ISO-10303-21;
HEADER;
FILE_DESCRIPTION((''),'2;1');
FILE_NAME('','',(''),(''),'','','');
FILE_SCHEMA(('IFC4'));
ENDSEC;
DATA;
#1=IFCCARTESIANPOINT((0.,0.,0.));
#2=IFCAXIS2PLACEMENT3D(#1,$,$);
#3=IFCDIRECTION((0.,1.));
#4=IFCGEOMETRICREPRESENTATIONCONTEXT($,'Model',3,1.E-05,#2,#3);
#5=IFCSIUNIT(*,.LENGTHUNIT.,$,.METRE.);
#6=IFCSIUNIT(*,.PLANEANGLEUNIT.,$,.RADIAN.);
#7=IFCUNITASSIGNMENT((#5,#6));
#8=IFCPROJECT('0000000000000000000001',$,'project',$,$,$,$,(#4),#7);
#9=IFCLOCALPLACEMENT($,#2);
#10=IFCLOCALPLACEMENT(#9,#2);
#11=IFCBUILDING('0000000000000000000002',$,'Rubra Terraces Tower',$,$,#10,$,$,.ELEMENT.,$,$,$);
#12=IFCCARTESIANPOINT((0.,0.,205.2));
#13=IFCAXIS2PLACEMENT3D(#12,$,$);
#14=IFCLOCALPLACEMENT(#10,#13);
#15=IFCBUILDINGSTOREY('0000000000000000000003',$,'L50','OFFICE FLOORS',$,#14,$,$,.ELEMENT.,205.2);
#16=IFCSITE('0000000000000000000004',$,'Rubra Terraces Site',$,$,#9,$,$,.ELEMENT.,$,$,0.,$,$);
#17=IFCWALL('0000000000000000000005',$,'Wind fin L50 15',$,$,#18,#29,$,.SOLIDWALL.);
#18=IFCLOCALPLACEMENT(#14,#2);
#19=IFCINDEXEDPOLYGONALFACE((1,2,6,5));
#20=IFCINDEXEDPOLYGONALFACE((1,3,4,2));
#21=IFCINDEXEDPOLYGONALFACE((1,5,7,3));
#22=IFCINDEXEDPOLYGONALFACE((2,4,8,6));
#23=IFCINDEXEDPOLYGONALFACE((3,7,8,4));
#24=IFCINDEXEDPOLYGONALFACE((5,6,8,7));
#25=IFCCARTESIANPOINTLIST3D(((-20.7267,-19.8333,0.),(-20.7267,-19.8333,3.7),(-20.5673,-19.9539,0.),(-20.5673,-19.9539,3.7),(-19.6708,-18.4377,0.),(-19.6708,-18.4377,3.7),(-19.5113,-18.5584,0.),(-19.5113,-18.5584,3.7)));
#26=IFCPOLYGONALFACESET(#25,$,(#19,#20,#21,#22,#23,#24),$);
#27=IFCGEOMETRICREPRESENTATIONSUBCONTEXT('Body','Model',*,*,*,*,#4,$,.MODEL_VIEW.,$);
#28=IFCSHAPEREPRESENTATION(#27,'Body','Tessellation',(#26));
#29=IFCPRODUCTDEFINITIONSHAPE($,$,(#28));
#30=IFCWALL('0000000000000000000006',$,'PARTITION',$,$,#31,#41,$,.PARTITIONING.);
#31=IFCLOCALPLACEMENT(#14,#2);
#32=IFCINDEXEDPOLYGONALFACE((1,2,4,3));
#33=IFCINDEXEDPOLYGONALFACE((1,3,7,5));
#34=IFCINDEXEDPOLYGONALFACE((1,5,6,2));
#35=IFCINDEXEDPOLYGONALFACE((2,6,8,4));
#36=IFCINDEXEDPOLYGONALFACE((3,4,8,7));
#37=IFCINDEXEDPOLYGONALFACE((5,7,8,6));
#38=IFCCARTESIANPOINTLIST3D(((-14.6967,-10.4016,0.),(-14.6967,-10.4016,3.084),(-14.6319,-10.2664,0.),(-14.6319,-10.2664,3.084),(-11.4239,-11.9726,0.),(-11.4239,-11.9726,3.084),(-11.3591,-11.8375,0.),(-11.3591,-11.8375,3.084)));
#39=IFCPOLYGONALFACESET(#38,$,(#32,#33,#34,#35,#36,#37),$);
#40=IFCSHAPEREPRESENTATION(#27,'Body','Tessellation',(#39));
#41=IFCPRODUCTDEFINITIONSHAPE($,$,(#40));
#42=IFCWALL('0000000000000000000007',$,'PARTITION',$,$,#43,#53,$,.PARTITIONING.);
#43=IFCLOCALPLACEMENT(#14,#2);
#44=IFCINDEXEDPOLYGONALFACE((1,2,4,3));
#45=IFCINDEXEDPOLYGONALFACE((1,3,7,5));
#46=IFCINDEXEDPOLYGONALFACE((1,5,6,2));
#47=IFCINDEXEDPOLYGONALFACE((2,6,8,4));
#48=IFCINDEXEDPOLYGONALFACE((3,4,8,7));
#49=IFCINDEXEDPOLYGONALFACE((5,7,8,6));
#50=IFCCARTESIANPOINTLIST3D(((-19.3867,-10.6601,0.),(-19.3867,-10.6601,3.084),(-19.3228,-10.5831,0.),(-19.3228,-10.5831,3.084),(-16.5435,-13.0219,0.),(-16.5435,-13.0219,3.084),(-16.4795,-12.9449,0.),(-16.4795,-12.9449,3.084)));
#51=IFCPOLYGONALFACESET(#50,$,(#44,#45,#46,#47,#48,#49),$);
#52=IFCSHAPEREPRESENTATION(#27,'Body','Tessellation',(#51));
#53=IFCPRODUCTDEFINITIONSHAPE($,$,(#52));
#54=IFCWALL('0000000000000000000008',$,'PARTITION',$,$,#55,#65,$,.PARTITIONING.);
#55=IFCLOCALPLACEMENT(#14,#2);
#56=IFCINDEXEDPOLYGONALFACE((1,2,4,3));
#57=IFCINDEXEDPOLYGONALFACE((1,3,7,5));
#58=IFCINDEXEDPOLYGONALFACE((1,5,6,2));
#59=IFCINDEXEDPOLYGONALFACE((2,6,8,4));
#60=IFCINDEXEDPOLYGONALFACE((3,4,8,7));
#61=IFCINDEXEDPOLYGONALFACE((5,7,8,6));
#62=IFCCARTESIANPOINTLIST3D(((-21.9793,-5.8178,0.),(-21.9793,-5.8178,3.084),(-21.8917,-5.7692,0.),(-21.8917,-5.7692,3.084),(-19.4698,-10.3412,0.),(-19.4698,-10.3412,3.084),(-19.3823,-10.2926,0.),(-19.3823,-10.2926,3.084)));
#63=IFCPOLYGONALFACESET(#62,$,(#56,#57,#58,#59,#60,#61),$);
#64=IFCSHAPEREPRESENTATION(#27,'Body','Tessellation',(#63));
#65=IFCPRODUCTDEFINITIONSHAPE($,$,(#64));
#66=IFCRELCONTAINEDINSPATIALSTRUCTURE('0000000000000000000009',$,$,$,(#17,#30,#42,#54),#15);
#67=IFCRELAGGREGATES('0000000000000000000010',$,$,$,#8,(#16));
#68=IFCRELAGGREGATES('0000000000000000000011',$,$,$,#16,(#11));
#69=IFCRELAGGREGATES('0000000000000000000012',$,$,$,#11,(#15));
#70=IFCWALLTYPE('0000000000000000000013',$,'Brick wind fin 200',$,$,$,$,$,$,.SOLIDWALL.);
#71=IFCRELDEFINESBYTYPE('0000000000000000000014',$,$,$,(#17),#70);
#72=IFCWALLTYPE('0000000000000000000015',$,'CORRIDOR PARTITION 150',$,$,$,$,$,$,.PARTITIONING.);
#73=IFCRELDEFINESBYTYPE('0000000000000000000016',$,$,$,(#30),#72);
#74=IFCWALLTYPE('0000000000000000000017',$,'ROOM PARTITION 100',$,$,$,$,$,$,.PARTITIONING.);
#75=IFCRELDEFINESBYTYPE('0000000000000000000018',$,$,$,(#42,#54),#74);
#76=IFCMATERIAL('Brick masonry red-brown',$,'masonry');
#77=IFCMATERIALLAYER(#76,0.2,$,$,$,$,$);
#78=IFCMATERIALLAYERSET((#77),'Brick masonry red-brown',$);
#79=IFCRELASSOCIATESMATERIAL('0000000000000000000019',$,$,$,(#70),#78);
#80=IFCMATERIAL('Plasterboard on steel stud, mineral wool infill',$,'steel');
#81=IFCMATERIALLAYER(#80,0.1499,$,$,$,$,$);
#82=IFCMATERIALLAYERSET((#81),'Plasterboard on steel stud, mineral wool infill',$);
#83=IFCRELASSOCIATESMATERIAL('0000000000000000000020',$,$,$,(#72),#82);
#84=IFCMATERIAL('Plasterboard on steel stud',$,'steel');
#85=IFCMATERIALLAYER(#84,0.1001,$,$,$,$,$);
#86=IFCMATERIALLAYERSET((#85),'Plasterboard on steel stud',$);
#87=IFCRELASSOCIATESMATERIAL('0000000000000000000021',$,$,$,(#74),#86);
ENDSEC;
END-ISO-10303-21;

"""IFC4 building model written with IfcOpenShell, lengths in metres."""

from ifc_helpers import new_model, si_unit, direction, frame, frame_2d, origin, place, context, subcontext, project, spatial, rectangle, extrude, material, layer, layer_set, type_object, element, save


model = new_model("IFC4")

# Units and contexts
model_context = context("Model", 3, precision=1e-05, world=origin(), true_north=direction((0.0, 1.0)))
body_context = subcontext(model_context, "Body", "Model", "MODEL_VIEW")
ifc_project = project(units=[si_unit("LENGTHUNIT", "METRE"), si_unit("PLANEANGLEUNIT", "RADIAN")], contexts=[model_context])

# Site, building, storey
site_placement = place(None, origin())
site = spatial("IfcSite", under=ifc_project, at=site_placement, Name="Rubra Terraces Site", CompositionType="ELEMENT", RefElevation=0.0)
building_placement = place(site_placement, origin())
building = spatial("IfcBuilding", under=site, at=building_placement, Name="Rubra Terraces Tower", CompositionType="ELEMENT")
storey_placement = place(building_placement, frame((0.0, 0.0, 205.2)))
storey = spatial("IfcBuildingStorey", under=building, at=storey_placement, Name="L50", Description="OFFICE FLOORS", CompositionType="ELEMENT", Elevation=205.2)

# Shared definitions
ifc_material_1 = material(Name="Brick masonry red-brown", Category="masonry")

# Walls
ifc_layer_1 = layer(ifc_material_1, 0.2)
ifc_layer_set_1 = layer_set([ifc_layer_1], Name="Brick masonry red-brown")
wall_type_1 = type_object("IfcWallType", Name="Brick wind fin 200", PredefinedType="SOLIDWALL", material=ifc_layer_set_1)
wall_1_placement = place(storey_placement, frame((-19.5911, -18.498, 0.0), z_axis=(0.0, 0.0, 1.0), x_axis=(-0.603388, -0.797448, 0.0)))
element("IfcWall", 1, at=wall_1_placement, inside=storey, type_object=wall_type_1, Name="Wind fin L50 15", PredefinedType="SOLIDWALL", context=body_context, shape_type="SweptSolid", body=[
    extrude(rectangle(XDim=1.75, YDim=0.2, at=frame_2d((0.875, 0.0))), origin(), (0.0, 0.0, 1.0), 3.7),
])
ifc_material_2 = material(Name="Plasterboard on steel stud, mineral wool infill", Category="steel")
ifc_layer_2 = layer(ifc_material_2, 0.1499)
ifc_layer_set_2 = layer_set([ifc_layer_2], Name="Plasterboard on steel stud, mineral wool infill")
wall_type_2 = type_object("IfcWallType", Name="CORRIDOR PARTITION 150", PredefinedType="PARTITIONING", material=ifc_layer_set_2)
wall_2_placement = place(storey_placement, frame((-14.6643, -10.334, 0.0), z_axis=(0.0, 0.0, 1.0), x_axis=(0.901507, -0.432764, 0.0)))
element("IfcWall", 2, at=wall_2_placement, inside=storey, type_object=wall_type_2, Name="PARTITION", PredefinedType="PARTITIONING", context=body_context, shape_type="SweptSolid", body=[
    extrude(rectangle(XDim=3.6304, YDim=0.1499, at=frame_2d((1.8152, 0.0))), origin(), (0.0, 0.0, 1.0), 3.084),
])
ifc_material_3 = material(Name="Plasterboard on steel stud", Category="steel")
ifc_layer_3 = layer(ifc_material_3, 0.1001)
ifc_layer_set_3 = layer_set([ifc_layer_3], Name="Plasterboard on steel stud")
wall_type_3 = type_object("IfcWallType", Name="ROOM PARTITION 100", PredefinedType="PARTITIONING", material=ifc_layer_set_3)
wall_3_placement = place(storey_placement, frame((-16.5115, -12.9834, 0.0), z_axis=(0.0, 0.0, 1.0), x_axis=(-0.769227, 0.638975, 0.0)))
element("IfcWall", 3, at=wall_3_placement, inside=storey, type_object=wall_type_3, Name="PARTITION", PredefinedType="PARTITIONING", context=body_context, shape_type="SweptSolid", body=[
    extrude(rectangle(XDim=3.6963, YDim=0.1001, at=frame_2d((1.8481, 0.0))), origin(), (0.0, 0.0, 1.0), 3.084),
])
wall_4_placement = place(storey_placement, frame((-19.426, -10.3169, 0.0), z_axis=(0.0, 0.0, 1.0), x_axis=(-0.485126, 0.874444, 0.0)))
element("IfcWall", 4, at=wall_4_placement, inside=storey, type_object=wall_type_3, Name="PARTITION", PredefinedType="PARTITIONING", context=body_context, shape_type="SweptSolid", body=[
    extrude(rectangle(XDim=5.1729, YDim=0.1001, at=frame_2d((2.5864, 0.0))), origin(), (0.0, 0.0, 1.0), 3.084),
])

save(model, "model.ifc")
